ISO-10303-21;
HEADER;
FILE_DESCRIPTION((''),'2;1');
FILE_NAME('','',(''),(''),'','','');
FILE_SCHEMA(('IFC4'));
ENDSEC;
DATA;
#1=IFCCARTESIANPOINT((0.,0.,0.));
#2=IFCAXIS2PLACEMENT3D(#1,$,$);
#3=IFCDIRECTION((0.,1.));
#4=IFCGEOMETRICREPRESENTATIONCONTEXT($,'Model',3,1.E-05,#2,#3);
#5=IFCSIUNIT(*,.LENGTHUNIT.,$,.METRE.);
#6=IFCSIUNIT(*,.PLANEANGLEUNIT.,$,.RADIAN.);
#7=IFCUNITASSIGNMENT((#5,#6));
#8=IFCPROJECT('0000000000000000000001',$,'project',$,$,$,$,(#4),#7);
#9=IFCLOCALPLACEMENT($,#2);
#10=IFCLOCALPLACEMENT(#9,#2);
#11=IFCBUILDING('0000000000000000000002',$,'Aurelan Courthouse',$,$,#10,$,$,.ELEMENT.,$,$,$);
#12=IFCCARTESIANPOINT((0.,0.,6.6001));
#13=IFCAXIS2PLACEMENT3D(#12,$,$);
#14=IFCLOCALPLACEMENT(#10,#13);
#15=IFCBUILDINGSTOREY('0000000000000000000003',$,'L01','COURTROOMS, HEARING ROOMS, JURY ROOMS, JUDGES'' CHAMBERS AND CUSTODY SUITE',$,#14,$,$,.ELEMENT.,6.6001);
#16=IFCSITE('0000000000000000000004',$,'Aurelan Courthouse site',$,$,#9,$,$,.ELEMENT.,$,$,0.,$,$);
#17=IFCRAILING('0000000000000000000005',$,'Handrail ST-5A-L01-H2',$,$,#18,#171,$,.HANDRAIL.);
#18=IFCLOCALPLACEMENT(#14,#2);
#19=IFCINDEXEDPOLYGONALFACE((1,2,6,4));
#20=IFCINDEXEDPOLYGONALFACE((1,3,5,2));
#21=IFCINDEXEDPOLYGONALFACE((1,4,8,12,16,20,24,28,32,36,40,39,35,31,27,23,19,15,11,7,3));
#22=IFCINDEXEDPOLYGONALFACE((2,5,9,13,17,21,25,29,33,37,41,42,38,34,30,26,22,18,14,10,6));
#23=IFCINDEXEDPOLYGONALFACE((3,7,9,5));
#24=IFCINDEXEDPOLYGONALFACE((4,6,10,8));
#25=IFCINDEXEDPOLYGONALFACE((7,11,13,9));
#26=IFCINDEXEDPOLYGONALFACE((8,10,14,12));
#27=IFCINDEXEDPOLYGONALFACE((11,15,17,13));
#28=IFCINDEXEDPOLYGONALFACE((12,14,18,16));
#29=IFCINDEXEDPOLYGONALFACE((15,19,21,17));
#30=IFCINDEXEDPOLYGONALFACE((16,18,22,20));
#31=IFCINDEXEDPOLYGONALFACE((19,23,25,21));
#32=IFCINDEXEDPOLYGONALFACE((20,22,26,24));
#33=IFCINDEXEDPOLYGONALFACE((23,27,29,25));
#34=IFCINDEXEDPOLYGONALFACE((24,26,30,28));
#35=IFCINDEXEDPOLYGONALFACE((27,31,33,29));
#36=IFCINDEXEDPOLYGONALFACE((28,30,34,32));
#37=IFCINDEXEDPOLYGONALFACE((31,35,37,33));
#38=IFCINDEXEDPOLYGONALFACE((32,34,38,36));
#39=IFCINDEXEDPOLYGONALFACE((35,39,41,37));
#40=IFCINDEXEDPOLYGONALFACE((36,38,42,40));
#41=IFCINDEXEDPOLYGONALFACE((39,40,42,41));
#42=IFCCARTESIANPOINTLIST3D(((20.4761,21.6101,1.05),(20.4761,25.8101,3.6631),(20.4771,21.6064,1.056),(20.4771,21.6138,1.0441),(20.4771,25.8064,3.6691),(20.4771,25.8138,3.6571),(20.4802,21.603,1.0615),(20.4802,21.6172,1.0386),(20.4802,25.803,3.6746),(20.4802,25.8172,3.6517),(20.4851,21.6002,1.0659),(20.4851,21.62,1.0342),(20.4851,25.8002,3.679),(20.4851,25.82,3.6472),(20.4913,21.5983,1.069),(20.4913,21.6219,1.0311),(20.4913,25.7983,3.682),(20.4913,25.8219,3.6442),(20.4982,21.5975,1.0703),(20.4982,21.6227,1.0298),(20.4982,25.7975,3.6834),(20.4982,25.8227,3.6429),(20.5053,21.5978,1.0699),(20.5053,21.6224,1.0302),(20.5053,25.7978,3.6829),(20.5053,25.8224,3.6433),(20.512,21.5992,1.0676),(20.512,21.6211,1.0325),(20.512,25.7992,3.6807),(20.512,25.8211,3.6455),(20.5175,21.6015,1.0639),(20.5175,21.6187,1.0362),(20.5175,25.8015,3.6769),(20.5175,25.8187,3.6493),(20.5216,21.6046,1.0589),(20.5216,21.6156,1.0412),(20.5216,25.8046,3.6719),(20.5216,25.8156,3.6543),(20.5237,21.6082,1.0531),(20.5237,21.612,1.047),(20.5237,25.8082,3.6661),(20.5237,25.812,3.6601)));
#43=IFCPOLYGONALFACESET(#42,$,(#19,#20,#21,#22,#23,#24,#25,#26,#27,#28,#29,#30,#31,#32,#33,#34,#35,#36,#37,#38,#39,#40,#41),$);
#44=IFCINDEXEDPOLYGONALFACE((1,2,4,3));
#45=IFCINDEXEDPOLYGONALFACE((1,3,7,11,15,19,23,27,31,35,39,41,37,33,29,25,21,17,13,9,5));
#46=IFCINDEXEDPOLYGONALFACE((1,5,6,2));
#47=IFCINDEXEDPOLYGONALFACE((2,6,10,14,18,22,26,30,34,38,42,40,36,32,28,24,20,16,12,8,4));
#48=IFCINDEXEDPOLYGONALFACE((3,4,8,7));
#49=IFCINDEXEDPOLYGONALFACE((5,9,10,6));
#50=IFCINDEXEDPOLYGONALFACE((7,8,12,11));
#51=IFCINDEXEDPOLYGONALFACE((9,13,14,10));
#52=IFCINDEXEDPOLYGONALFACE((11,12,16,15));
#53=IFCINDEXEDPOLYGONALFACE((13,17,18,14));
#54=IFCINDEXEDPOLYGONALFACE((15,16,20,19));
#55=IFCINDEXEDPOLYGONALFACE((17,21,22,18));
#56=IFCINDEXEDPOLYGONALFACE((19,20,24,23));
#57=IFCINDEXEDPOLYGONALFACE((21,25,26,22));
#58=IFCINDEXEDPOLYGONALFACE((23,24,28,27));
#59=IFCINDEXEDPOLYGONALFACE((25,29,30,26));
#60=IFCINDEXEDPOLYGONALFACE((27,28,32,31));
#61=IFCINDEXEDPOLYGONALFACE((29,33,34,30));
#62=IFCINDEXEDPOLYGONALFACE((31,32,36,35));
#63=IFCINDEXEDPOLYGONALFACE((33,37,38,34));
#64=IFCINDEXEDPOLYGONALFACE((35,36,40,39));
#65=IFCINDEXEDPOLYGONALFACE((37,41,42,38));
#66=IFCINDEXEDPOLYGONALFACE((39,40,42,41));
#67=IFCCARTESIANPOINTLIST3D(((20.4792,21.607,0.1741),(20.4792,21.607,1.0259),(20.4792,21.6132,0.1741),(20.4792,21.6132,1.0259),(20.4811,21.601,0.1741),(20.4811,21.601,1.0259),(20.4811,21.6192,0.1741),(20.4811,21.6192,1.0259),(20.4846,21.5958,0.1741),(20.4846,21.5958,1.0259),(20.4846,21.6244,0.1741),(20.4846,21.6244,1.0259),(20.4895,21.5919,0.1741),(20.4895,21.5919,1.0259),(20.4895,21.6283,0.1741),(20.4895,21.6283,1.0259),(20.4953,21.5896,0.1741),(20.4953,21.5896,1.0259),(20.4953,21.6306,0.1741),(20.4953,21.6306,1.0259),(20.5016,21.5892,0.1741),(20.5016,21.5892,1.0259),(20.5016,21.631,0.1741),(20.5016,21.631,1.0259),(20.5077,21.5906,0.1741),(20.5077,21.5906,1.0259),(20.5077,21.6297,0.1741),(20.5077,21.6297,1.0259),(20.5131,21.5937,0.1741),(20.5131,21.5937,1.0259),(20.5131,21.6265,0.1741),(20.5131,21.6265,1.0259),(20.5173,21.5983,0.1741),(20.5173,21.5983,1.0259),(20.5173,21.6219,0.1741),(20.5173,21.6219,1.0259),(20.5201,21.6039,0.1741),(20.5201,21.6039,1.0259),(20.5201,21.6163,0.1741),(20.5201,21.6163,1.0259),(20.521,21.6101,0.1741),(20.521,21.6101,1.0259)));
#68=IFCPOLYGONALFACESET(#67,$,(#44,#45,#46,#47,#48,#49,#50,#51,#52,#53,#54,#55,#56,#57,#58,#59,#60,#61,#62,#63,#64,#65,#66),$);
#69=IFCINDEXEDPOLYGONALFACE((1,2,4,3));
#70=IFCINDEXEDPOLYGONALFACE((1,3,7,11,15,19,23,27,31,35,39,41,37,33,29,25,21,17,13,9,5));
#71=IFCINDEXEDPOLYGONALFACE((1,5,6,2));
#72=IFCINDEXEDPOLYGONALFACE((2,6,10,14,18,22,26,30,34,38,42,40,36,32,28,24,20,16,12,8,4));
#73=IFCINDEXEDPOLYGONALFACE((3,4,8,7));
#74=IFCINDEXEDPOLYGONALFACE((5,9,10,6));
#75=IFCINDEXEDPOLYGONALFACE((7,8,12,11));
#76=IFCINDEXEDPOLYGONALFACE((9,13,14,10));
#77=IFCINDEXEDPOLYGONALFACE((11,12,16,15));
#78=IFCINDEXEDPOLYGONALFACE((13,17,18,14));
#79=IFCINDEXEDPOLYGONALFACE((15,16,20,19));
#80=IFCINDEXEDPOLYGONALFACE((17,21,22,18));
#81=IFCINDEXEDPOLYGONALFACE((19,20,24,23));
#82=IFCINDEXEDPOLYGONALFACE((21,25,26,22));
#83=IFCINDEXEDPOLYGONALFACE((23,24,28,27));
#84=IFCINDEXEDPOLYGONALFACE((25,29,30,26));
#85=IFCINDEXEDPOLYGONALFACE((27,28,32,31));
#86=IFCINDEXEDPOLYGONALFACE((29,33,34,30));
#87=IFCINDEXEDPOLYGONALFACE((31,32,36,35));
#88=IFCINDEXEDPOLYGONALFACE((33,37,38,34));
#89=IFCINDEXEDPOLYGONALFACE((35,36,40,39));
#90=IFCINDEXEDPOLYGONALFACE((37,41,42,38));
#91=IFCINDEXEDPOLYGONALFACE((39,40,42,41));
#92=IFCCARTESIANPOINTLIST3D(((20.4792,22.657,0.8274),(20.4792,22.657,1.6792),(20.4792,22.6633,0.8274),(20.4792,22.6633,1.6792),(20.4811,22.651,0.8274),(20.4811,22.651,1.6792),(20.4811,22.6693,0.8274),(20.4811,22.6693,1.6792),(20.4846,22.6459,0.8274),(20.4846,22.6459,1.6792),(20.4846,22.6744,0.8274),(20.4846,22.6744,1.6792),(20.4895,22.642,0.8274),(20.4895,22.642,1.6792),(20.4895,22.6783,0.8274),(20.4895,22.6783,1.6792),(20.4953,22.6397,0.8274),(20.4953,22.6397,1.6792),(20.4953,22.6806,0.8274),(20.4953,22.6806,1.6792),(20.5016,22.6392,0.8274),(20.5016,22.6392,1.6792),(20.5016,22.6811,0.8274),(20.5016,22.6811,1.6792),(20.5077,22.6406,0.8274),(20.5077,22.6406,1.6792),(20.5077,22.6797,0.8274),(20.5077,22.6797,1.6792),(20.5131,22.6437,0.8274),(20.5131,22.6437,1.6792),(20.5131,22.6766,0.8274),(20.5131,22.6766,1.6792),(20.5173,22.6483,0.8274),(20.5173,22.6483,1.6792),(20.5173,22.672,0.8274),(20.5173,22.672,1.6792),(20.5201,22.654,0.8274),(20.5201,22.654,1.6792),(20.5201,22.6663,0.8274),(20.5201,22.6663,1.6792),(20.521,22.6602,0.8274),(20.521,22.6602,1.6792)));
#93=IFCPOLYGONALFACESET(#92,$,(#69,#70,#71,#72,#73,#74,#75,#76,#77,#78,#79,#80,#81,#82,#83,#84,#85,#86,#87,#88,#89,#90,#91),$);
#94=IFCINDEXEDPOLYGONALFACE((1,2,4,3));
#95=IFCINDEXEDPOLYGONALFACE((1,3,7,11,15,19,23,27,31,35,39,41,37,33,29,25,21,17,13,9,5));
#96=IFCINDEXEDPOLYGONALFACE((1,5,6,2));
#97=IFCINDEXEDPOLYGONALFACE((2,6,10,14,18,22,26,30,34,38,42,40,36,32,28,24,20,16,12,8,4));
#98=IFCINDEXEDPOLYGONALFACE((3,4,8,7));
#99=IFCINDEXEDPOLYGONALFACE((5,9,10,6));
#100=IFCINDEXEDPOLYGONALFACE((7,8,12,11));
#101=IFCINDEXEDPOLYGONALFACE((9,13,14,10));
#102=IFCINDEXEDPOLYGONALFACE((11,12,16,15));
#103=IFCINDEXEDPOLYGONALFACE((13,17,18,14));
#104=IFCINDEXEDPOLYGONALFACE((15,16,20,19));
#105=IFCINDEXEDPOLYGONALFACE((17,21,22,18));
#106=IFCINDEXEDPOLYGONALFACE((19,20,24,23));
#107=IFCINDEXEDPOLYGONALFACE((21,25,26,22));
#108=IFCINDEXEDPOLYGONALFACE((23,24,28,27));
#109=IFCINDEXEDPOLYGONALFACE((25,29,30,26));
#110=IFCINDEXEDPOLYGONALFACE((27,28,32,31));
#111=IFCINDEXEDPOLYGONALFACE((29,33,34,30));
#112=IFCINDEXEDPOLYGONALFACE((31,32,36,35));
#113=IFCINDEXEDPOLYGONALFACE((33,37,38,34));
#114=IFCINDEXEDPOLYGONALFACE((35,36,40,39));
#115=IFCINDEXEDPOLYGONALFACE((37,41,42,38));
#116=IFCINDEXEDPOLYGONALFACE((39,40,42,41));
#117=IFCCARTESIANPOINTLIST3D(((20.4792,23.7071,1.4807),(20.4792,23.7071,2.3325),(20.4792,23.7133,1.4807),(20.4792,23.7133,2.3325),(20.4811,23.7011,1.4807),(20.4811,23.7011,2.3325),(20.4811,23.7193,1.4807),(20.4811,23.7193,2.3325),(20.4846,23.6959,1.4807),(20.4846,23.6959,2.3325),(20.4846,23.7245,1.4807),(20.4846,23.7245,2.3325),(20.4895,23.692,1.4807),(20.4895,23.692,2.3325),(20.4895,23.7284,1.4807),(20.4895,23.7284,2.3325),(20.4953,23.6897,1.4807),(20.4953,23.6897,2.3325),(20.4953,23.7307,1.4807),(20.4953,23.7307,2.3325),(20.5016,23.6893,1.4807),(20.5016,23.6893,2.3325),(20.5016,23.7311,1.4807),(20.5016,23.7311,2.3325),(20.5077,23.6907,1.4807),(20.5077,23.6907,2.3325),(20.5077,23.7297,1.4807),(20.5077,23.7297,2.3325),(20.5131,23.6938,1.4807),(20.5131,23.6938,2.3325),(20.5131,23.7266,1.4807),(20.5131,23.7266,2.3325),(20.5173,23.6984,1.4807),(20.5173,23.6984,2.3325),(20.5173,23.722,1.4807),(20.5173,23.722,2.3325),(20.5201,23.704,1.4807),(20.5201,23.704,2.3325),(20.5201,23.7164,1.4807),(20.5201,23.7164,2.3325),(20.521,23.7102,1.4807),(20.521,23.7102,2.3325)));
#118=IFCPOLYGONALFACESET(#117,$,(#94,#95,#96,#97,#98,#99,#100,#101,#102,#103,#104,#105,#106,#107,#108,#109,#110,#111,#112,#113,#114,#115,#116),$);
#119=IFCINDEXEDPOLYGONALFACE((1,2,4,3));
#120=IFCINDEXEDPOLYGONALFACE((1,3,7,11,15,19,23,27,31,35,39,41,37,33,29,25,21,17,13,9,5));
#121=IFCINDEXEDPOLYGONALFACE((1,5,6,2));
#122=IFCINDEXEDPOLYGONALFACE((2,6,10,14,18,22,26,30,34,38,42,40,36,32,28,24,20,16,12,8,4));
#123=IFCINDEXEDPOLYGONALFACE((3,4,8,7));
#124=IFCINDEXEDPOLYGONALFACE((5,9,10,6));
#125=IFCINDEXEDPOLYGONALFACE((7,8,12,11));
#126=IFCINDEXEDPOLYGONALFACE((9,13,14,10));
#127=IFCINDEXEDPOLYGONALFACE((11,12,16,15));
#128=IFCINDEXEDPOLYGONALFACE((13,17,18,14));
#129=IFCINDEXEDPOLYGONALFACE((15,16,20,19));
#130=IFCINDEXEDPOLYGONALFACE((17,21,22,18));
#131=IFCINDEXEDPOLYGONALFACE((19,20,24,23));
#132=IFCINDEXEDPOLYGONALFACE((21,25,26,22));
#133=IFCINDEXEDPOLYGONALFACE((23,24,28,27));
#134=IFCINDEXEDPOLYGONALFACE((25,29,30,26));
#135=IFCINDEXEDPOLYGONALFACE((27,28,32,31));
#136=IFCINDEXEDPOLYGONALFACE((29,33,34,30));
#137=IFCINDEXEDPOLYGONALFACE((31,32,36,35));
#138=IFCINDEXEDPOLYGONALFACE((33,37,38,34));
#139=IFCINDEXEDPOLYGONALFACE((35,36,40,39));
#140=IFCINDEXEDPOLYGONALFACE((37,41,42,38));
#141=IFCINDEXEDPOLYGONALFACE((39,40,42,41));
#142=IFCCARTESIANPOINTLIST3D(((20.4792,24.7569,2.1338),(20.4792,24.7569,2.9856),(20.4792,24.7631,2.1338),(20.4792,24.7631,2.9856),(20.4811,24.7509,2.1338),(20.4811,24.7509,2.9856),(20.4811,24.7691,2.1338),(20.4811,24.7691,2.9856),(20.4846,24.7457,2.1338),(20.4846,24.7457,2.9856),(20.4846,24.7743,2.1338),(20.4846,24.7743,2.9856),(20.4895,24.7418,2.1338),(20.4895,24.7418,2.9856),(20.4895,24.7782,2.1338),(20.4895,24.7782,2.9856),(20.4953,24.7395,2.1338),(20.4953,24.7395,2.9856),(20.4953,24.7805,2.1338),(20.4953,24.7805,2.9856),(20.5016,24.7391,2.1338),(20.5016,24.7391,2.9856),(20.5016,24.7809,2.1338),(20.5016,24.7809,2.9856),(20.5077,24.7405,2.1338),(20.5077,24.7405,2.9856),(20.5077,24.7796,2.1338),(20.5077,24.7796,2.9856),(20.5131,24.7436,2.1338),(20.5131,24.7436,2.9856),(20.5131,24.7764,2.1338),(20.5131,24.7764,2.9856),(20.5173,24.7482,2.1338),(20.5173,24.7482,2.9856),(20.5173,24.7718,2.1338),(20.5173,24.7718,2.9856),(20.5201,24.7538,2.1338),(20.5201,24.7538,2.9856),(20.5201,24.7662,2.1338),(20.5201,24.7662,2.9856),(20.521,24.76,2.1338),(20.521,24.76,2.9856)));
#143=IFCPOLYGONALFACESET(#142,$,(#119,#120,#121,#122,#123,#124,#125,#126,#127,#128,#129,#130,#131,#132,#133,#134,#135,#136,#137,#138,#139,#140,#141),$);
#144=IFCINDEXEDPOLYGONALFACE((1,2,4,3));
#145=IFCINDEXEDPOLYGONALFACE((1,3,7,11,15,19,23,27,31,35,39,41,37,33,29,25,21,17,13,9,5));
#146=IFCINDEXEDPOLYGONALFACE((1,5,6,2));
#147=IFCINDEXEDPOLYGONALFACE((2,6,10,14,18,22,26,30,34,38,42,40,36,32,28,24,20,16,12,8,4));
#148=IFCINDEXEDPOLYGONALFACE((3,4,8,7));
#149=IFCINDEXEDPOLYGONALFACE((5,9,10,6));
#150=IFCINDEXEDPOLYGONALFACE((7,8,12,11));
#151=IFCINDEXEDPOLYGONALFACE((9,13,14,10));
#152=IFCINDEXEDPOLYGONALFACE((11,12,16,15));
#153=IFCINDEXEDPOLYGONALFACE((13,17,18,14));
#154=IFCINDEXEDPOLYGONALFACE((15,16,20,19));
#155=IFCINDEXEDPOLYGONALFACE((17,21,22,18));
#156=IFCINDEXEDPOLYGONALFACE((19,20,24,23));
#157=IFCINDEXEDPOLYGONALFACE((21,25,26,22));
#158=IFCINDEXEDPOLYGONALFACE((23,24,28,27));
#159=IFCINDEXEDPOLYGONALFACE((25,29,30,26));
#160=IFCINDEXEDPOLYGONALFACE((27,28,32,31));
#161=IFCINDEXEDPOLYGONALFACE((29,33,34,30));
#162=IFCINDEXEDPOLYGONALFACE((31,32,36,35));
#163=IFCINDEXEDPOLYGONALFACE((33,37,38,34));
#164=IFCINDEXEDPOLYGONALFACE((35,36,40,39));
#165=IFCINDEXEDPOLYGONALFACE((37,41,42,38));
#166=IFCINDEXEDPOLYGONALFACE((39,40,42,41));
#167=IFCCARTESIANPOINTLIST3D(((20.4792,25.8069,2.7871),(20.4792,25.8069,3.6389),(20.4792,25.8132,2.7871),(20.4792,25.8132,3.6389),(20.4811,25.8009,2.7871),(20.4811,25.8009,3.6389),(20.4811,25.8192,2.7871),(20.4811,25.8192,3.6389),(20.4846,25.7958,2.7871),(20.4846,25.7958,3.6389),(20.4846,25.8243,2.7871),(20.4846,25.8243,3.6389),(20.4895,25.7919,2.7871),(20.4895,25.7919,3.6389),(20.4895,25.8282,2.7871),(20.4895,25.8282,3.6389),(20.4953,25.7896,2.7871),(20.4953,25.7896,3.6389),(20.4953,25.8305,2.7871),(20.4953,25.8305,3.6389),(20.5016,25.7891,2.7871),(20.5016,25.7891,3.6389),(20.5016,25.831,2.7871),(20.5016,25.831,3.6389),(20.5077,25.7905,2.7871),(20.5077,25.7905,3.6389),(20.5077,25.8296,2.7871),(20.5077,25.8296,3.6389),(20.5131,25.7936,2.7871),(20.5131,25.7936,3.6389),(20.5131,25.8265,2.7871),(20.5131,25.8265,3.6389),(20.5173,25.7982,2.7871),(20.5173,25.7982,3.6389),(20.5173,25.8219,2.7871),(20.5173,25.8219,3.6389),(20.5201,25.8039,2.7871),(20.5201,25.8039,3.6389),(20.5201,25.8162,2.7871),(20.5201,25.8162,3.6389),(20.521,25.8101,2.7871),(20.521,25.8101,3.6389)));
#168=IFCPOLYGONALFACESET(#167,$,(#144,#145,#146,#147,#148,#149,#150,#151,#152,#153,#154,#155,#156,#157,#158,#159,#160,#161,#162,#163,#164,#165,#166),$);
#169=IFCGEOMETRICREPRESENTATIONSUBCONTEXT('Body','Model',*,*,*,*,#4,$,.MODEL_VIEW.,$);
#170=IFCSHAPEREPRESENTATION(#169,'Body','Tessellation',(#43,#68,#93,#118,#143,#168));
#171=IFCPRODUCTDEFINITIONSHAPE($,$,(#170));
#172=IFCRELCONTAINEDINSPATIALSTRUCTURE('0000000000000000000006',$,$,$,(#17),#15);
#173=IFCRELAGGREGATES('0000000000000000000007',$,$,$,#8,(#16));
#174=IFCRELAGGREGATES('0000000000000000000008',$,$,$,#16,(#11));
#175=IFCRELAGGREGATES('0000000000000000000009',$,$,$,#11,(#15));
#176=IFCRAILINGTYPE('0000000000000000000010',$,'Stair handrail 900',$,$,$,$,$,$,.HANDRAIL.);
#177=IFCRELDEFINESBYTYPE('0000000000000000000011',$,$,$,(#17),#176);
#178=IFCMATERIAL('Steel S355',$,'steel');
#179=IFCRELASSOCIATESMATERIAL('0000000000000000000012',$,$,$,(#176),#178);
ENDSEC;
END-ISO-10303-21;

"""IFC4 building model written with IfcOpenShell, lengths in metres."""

from ifc_helpers import new_model, si_unit, direction, frame, origin, origin_2d, place, context, subcontext, project, spatial, circle, extrude, material, type_object, element, save


model = new_model("IFC4")

# Units and contexts
model_context = context("Model", 3, precision=1e-05, world=origin(), true_north=direction((0.0, 1.0)))
body_context = subcontext(model_context, "Body", "Model", "MODEL_VIEW")
ifc_project = project(units=[si_unit("LENGTHUNIT", "METRE"), si_unit("PLANEANGLEUNIT", "RADIAN")], contexts=[model_context])

# Site, building, storey
site_placement = place(None, origin())
site = spatial("IfcSite", under=ifc_project, at=site_placement, Name="Aurelan Courthouse site", CompositionType="ELEMENT", RefElevation=0.0)
building_placement = place(site_placement, origin())
building = spatial("IfcBuilding", under=site, at=building_placement, Name="Aurelan Courthouse", CompositionType="ELEMENT")
storey_placement = place(building_placement, frame((0.0, 0.0, 6.6001)))
storey = spatial("IfcBuildingStorey", under=building, at=storey_placement, Name="L01", Description="COURTROOMS, HEARING ROOMS, JURY ROOMS, JUDGES' CHAMBERS AND CUSTODY SUITE", CompositionType="ELEMENT", Elevation=6.6001)

# Shared definitions
ifc_material_1 = material(Name="Steel S355", Category="steel")

# Railing
railing_type_1 = type_object("IfcRailingType", Name="Stair handrail 900", PredefinedType="HANDRAIL", material=ifc_material_1)
for number, where, name in (
    (1, (20.5, 21.6101, 0.1741), "Handrail ST-5A-L01-H2"),
):
    element("IfcRailing", number, at=place(storey_placement, frame(where)), inside=storey, type_object=railing_type_1, Name=name, PredefinedType="HANDRAIL", context=body_context, shape_type="SweptSolid", body=[
        extrude(circle(Radius=0.0239, at=origin_2d()), frame((0.0, 0.0, 0.876), z_axis=(0.0, 0.849081, 0.528263), x_axis=(-1.0, 0.0, 0.0)), (0.0, 0.0, 1.0), 4.9465),
        extrude(circle(Radius=0.021, at=origin_2d()), origin(), (0.0, 0.0, 1.0), 0.8518),
        extrude(circle(Radius=0.021, at=origin_2d()), frame((0.0, 1.05, 0.6533)), (0.0, 0.0, 1.0), 0.8518),
        extrude(circle(Radius=0.021, at=origin_2d()), frame((0.0, 2.1001, 1.3066)), (0.0, 0.0, 1.0), 0.8518),
        extrude(circle(Radius=0.021, at=origin_2d()), frame((0.0, 3.1499, 1.9597)), (0.0, 0.0, 1.0), 0.8518),
        extrude(circle(Radius=0.021, at=origin_2d()), frame((0.0, 4.2, 2.613)), (0.0, 0.0, 1.0), 0.8518),
    ])

save(model, "model.ifc")
